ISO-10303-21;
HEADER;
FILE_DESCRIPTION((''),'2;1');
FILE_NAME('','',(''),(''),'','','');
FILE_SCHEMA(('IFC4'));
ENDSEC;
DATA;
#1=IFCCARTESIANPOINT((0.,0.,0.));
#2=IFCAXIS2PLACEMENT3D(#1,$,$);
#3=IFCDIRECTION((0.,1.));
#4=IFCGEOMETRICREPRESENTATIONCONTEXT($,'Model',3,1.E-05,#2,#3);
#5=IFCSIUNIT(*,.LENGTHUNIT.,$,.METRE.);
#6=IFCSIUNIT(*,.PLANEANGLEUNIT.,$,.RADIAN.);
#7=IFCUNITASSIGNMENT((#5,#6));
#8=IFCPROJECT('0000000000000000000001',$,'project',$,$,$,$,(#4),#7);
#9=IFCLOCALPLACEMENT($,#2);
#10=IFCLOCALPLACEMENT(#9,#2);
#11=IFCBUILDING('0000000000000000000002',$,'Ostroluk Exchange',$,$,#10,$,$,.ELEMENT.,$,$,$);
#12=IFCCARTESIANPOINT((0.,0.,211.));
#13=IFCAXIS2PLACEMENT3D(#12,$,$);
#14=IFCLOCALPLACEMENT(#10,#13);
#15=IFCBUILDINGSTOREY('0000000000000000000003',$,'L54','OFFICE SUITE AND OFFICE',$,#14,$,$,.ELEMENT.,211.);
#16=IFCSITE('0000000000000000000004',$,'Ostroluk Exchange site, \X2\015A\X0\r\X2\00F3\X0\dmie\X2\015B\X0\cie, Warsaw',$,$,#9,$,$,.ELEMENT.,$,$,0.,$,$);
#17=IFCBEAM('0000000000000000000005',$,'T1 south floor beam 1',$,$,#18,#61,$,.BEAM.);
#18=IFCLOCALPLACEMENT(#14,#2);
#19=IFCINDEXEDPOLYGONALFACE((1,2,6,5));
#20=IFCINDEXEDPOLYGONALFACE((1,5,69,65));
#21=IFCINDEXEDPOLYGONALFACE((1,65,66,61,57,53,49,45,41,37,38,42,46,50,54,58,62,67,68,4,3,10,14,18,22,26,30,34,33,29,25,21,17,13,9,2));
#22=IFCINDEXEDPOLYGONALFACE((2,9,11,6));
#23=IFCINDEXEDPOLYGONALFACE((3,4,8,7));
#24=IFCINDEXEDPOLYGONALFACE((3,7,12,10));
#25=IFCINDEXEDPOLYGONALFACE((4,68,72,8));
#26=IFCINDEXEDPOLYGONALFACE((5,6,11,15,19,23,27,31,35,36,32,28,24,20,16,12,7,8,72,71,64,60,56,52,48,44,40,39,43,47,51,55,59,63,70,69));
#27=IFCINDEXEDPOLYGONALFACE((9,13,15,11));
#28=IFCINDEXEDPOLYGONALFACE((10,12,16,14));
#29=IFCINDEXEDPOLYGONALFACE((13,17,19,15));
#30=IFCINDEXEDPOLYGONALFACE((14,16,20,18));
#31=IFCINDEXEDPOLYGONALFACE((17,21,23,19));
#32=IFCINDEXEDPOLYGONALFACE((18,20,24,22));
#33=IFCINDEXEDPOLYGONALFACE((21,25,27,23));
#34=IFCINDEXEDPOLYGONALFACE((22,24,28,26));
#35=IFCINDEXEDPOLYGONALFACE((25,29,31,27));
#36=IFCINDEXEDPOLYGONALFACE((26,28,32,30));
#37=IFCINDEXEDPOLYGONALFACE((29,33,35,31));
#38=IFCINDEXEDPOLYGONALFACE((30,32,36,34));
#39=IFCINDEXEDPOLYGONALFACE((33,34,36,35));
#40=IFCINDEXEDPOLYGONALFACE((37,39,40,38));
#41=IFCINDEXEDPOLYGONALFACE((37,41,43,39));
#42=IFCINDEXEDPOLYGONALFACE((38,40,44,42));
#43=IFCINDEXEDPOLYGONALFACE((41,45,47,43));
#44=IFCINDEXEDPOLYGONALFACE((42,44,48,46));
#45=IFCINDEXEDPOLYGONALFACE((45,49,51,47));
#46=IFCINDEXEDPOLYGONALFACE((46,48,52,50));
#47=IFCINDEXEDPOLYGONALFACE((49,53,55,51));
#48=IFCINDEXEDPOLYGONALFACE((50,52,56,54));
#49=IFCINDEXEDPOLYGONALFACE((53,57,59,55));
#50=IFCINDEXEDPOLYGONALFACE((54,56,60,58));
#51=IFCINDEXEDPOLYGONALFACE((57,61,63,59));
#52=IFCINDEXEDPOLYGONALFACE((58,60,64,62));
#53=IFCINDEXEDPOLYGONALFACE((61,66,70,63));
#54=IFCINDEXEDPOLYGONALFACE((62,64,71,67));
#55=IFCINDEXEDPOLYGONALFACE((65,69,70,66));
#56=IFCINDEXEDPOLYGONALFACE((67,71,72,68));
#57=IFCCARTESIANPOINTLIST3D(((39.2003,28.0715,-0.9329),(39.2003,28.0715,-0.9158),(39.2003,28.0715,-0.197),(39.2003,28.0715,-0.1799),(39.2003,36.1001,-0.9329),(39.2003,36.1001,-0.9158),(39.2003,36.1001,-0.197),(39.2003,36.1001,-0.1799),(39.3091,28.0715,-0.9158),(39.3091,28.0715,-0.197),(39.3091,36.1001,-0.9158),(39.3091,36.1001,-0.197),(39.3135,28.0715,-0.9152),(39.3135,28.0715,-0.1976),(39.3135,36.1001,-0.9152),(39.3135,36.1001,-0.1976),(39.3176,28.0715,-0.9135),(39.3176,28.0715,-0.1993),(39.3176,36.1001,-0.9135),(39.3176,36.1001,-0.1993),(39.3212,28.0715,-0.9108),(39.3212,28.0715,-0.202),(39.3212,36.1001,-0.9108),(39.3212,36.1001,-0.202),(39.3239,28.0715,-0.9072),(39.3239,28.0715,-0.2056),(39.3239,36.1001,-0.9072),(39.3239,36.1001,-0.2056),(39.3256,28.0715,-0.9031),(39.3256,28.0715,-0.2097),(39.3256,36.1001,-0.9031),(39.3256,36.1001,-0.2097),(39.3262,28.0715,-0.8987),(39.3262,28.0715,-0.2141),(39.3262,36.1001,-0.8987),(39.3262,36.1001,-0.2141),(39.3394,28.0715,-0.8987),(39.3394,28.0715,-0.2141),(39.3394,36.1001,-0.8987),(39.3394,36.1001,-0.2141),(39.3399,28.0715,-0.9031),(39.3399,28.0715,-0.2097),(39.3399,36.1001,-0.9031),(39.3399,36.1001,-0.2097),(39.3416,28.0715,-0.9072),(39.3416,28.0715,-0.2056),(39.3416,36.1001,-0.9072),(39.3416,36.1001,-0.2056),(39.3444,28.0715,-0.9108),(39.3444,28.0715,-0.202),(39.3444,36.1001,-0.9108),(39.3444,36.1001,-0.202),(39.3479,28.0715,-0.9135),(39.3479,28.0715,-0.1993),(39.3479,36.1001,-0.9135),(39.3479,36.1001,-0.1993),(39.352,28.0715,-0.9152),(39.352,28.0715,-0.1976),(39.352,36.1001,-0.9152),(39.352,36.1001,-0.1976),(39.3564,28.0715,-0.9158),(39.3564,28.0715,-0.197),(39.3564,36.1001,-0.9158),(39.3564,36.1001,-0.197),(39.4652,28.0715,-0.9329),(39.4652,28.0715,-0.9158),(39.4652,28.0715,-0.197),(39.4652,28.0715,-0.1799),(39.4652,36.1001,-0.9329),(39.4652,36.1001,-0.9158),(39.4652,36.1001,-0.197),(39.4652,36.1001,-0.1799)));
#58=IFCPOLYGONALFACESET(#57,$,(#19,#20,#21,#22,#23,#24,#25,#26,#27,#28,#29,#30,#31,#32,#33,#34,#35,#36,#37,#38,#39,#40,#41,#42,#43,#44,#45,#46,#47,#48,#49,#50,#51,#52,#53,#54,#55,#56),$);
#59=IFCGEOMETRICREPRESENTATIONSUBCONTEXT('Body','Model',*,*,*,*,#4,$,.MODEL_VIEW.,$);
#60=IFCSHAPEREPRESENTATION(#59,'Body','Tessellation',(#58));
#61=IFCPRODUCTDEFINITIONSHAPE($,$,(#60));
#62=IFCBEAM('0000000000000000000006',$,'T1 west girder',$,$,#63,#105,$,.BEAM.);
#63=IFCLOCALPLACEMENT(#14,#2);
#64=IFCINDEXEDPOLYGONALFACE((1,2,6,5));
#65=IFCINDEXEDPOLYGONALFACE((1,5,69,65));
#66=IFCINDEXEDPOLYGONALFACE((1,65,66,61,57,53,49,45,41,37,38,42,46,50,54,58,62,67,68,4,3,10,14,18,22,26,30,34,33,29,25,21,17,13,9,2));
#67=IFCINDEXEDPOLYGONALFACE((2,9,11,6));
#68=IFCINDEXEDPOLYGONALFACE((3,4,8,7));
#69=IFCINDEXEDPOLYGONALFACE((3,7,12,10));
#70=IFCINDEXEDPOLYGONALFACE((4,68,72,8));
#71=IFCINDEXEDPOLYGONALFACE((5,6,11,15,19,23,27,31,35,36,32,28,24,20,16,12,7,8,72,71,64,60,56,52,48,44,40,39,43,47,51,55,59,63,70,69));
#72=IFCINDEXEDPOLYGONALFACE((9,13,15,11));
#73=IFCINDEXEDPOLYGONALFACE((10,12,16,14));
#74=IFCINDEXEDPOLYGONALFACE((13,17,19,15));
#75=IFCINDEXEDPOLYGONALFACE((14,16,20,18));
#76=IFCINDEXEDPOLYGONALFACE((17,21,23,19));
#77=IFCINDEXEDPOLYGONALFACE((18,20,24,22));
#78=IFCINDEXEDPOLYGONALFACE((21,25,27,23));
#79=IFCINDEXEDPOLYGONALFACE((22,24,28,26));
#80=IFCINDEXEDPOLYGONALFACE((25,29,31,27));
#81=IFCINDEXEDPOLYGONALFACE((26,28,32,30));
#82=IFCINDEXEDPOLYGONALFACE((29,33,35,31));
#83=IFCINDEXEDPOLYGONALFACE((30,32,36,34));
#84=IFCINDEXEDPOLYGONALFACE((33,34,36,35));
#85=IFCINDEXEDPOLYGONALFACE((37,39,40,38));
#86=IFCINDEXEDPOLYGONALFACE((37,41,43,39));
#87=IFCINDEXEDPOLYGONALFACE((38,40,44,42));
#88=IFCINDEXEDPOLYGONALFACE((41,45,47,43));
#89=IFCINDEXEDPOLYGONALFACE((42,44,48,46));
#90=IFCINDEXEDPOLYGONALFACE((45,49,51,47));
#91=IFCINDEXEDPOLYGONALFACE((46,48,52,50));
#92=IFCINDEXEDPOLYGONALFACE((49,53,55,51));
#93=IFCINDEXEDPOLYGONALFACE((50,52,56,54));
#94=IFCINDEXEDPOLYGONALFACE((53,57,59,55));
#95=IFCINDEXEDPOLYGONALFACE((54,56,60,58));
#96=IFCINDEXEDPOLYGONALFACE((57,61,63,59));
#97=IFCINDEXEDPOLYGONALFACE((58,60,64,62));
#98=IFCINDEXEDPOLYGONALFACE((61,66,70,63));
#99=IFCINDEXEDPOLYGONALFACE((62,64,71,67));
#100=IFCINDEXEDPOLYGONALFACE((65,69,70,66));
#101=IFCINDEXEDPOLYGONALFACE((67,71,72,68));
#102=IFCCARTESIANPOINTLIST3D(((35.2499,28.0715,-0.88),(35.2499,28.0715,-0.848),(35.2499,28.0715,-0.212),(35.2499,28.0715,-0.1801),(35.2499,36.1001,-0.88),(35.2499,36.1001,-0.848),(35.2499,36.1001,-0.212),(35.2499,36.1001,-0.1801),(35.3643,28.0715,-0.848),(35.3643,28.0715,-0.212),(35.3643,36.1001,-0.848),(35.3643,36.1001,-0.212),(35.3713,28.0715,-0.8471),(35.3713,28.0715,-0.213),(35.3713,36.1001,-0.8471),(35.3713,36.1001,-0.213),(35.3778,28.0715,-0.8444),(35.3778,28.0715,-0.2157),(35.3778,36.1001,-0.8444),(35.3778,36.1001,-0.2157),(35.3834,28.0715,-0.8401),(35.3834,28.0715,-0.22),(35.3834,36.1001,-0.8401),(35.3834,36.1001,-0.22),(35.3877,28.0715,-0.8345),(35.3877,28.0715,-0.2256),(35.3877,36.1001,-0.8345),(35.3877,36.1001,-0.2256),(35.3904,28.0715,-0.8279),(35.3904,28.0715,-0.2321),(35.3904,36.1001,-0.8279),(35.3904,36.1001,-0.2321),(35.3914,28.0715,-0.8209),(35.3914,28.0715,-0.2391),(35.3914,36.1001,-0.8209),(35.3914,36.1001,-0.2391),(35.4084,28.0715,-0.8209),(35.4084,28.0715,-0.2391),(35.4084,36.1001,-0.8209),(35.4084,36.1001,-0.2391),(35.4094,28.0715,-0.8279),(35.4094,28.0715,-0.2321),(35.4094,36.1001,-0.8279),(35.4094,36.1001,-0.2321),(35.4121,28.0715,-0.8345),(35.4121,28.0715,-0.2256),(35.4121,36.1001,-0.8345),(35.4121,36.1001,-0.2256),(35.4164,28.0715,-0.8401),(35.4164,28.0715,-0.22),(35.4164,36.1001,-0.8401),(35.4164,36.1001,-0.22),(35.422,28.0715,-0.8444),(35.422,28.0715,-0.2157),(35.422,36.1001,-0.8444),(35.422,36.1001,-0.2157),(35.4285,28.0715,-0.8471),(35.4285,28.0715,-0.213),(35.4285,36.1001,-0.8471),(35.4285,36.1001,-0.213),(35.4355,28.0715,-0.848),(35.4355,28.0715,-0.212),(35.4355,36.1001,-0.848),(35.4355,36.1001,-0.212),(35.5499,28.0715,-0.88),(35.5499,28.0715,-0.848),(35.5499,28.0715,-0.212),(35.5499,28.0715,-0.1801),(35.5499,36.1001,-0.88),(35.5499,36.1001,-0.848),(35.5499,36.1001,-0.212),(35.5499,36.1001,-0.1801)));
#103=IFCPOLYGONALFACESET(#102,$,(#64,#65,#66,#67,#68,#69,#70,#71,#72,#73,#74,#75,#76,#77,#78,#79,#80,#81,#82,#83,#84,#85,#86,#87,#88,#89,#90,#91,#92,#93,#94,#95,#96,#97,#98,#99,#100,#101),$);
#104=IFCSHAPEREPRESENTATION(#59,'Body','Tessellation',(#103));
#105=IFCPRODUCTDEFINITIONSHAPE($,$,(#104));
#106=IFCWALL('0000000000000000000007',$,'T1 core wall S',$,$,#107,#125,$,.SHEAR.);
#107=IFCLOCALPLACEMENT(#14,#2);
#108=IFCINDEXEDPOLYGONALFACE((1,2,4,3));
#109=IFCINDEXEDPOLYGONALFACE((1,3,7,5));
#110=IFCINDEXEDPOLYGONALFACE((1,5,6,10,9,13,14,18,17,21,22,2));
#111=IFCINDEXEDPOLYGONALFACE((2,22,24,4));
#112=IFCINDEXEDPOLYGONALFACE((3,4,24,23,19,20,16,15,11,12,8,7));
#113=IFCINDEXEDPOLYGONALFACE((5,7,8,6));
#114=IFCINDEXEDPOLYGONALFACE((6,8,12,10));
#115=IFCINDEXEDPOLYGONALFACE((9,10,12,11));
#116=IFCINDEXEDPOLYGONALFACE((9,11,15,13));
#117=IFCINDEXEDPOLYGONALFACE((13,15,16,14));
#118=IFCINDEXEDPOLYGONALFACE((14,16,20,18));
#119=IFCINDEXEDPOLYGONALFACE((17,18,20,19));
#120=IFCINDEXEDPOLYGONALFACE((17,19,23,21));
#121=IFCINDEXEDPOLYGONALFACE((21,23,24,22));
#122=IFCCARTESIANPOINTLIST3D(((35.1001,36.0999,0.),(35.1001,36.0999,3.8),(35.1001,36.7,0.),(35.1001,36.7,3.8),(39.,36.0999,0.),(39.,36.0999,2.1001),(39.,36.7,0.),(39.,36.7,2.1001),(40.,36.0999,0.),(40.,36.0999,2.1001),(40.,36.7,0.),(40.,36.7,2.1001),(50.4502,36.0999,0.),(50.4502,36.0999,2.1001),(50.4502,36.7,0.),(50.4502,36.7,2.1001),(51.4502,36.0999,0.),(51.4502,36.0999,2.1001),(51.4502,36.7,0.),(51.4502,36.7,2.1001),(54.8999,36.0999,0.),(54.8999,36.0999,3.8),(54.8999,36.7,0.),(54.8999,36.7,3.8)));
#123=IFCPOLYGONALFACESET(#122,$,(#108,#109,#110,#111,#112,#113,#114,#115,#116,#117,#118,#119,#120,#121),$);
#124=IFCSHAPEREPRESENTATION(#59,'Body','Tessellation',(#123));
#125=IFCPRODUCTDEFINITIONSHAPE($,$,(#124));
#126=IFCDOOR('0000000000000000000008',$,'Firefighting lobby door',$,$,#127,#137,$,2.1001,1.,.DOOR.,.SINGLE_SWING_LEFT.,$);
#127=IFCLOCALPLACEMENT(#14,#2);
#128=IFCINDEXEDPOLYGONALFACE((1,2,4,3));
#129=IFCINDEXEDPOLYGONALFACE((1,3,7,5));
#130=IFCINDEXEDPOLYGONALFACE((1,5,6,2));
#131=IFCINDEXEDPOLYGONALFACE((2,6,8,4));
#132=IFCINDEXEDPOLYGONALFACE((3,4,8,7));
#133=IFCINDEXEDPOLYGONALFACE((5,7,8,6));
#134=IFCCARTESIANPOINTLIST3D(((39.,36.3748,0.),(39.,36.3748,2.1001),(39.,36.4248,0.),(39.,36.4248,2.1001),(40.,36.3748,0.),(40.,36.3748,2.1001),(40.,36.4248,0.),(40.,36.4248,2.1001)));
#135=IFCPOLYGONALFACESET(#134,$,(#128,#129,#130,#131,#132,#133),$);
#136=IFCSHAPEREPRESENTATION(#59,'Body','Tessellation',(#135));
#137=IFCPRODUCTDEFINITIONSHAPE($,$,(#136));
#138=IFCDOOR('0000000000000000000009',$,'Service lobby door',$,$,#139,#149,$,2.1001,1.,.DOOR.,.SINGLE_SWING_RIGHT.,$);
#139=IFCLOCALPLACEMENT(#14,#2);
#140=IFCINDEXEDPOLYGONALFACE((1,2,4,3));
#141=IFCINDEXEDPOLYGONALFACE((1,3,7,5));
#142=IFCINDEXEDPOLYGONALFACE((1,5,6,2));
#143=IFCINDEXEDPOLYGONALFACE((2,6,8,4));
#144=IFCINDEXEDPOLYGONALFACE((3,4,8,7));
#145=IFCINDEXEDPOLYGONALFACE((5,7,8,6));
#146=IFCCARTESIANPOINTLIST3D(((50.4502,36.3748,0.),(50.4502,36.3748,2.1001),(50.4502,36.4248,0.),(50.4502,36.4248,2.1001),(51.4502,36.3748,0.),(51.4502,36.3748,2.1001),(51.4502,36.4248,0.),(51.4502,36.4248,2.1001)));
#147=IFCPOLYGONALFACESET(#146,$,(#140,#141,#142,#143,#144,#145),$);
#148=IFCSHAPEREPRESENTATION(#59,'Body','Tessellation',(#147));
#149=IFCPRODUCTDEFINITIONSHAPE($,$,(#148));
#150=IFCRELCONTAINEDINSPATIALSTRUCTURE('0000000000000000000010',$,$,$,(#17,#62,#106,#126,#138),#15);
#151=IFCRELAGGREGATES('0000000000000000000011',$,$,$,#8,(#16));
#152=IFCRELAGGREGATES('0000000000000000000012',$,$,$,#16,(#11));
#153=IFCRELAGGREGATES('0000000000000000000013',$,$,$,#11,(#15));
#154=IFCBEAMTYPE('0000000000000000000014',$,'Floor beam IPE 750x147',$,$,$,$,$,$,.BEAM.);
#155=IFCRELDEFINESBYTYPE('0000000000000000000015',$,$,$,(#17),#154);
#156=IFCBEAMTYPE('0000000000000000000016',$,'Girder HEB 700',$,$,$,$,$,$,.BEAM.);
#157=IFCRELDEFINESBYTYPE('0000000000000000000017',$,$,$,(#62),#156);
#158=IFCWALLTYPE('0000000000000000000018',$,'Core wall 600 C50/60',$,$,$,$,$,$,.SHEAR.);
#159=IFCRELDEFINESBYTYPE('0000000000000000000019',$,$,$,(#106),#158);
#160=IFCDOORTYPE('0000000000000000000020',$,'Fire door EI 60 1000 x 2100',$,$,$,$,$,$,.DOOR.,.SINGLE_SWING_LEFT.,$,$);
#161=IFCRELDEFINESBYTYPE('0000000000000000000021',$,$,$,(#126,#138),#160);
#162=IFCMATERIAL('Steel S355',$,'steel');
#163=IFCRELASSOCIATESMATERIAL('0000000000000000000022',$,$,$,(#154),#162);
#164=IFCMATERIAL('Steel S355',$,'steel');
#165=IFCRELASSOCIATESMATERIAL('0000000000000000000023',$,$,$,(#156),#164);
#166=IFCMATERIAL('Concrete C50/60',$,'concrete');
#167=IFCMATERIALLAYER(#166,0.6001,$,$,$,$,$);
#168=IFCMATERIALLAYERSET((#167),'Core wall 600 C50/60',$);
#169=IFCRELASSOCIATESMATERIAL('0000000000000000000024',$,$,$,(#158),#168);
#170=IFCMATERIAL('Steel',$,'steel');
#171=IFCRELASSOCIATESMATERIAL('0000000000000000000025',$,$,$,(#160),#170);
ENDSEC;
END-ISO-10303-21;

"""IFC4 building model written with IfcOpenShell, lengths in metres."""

from ifc_helpers import new_model, si_unit, direction, frame, frame_2d, origin, origin_2d, place, context, subcontext, project, spatial, rectangle, i_section, extrude, material, layer, layer_set, material_profile, profile_set, type_object, element, fill, save


model = new_model("IFC4")

# Units and contexts
model_context = context("Model", 3, precision=1e-05, world=origin(), true_north=direction((0.0, 1.0)))
body_context = subcontext(model_context, "Body", "Model", "MODEL_VIEW")
ifc_project = project(units=[si_unit("LENGTHUNIT", "METRE"), si_unit("PLANEANGLEUNIT", "RADIAN")], contexts=[model_context])

# Site, building, storey
site_placement = place(None, origin())
site = spatial("IfcSite", under=ifc_project, at=site_placement, Name="Ostroluk Exchange site, Śródmieście, Warsaw", CompositionType="ELEMENT", RefElevation=0.0)
building_placement = place(site_placement, origin())
building = spatial("IfcBuilding", under=site, at=building_placement, Name="Ostroluk Exchange", CompositionType="ELEMENT")
storey_placement = place(building_placement, frame((0.0, 0.0, 211.0)))
storey = spatial("IfcBuildingStorey", under=building, at=storey_placement, Name="L54", Description="OFFICE SUITE AND OFFICE", CompositionType="ELEMENT", Elevation=211.0)

# Beams
ifc_material_1 = material(Name="Steel S355", Category="steel")
ifc_material_profile_1 = material_profile(ifc_material_1, i_section(OverallWidth=0.2649, OverallDepth=0.7529, WebThickness=0.0132, FlangeThickness=0.0171, FilletRadius=0.0171, at=origin_2d()), Name="IPE 750x147")
ifc_profile_set_1 = profile_set([ifc_material_profile_1], Name="Steel S355")
beam_type_1 = type_object("IfcBeamType", Name="Floor beam IPE 750x147", PredefinedType="BEAM", material=ifc_profile_set_1)
beam_1_placement = place(storey_placement, frame((39.3328, 36.1001, -0.5564), z_axis=(0.0, -1.0, 0.0), x_axis=(1.0, 0.0, 0.0)))
element("IfcBeam", 1, at=beam_1_placement, inside=storey, type_object=beam_type_1, Name="T1 south floor beam 1", PredefinedType="BEAM", context=body_context, shape_type="SweptSolid", body=[
    extrude(i_section(OverallWidth=0.2649, OverallDepth=0.7529, WebThickness=0.0132, FlangeThickness=0.0171, FilletRadius=0.0171, at=origin_2d()), origin(), (0.0, 0.0, 1.0), 8.0286),
])
ifc_material_2 = material(Name="Steel S355", Category="steel")
ifc_material_profile_2 = material_profile(ifc_material_2, i_section(OverallWidth=0.3, OverallDepth=0.7, WebThickness=0.0171, FlangeThickness=0.032, FilletRadius=0.0271, at=origin_2d()), Name="HEB 700")
ifc_profile_set_2 = profile_set([ifc_material_profile_2], Name="Steel S355")
beam_type_2 = type_object("IfcBeamType", Name="Girder HEB 700", PredefinedType="BEAM", material=ifc_profile_set_2)
beam_2_placement = place(storey_placement, frame((35.3999, 36.1001, -0.53), z_axis=(0.0, -1.0, 0.0), x_axis=(1.0, 0.0, 0.0)))
element("IfcBeam", 2, at=beam_2_placement, inside=storey, type_object=beam_type_2, Name="T1 west girder", PredefinedType="BEAM", context=body_context, shape_type="SweptSolid", body=[
    extrude(i_section(OverallWidth=0.3, OverallDepth=0.7, WebThickness=0.0171, FlangeThickness=0.032, FilletRadius=0.0271, at=origin_2d()), origin(), (0.0, 0.0, 1.0), 8.0286),
])

# Wall, openings, doors
ifc_material_3 = material(Name="Concrete C50/60", Category="concrete")
ifc_layer_1 = layer(ifc_material_3, 0.6001)
ifc_layer_set_1 = layer_set([ifc_layer_1], Name="Core wall 600 C50/60")
wall_type_1 = type_object("IfcWallType", Name="Core wall 600 C50/60", PredefinedType="SHEAR", material=ifc_layer_set_1)
wall_1_placement = place(storey_placement, frame((35.1001, 36.3999, 0.0), z_axis=(0.0, 0.0, 1.0), x_axis=(1.0, 0.0, 0.0)))
wall_1 = element("IfcWall", 3, at=wall_1_placement, inside=storey, type_object=wall_type_1, Name="T1 core wall S", PredefinedType="SHEAR", context=body_context, shape_type="SweptSolid", body=[
    extrude(rectangle(XDim=19.7998, YDim=0.6001, at=frame_2d((9.8999, 0.0))), origin(), (0.0, 0.0, 1.0), 3.8),
])
opening_1_placement = place(wall_1_placement, frame((3.8999, 0.0, 0.0)))
opening_1 = element("IfcOpeningElement", 4, at=opening_1_placement, cuts=wall_1, PredefinedType="OPENING", context=body_context, shape_type="SweptSolid", body=[
    extrude(rectangle(XDim=1.0, YDim=2.1001, at=frame_2d((0.5, 1.05))), frame((0.0, 0.3101, 0.0), z_axis=(0.0, -1.0, 0.0), x_axis=(1.0, 0.0, 0.0)), (0.0, 0.0, 1.0), 0.6201),
])
opening_2_placement = place(wall_1_placement, frame((15.3501, 0.0, 0.0)))
opening_2 = element("IfcOpeningElement", 5, at=opening_2_placement, cuts=wall_1, PredefinedType="OPENING", context=body_context, shape_type="SweptSolid", body=[
    extrude(rectangle(XDim=1.0, YDim=2.1001, at=frame_2d((0.5, 1.05))), frame((0.0, 0.3101, 0.0), z_axis=(0.0, -1.0, 0.0), x_axis=(1.0, 0.0, 0.0)), (0.0, 0.0, 1.0), 0.6201),
])
ifc_material_4 = material(Name="Steel", Category="steel")
door_type_1 = type_object("IfcDoorType", Name="Fire door EI 60 1000 x 2100", OperationType="SINGLE_SWING_LEFT", PredefinedType="DOOR", material=ifc_material_4)
door_1_placement = place(opening_1_placement, origin())
door_1 = element("IfcDoor", 6, at=door_1_placement, inside=storey, type_object=door_type_1, Name="Firefighting lobby door", OperationType="SINGLE_SWING_LEFT", OverallHeight=2.1001, OverallWidth=1.0, PredefinedType="DOOR", context=body_context, shape_type="SweptSolid", body=[
    extrude(rectangle(XDim=1.0, YDim=2.1001, at=frame_2d((0.5, 1.05))), frame((0.0, 0.0249, 0.0), z_axis=(0.0, -1.0, 0.0), x_axis=(1.0, 0.0, 0.0)), (0.0, 0.0, 1.0), 0.05),
])
fill(opening_1, door_1)
door_2_placement = place(opening_2_placement, origin())
door_2 = element("IfcDoor", 7, at=door_2_placement, inside=storey, type_object=door_type_1, Name="Service lobby door", OperationType="SINGLE_SWING_RIGHT", OverallHeight=2.1001, OverallWidth=1.0, PredefinedType="DOOR", context=body_context, shape_type="SweptSolid", body=[
    extrude(rectangle(XDim=1.0, YDim=2.1001, at=frame_2d((0.5, 1.05))), frame((0.0, 0.0249, 0.0), z_axis=(0.0, -1.0, 0.0), x_axis=(1.0, 0.0, 0.0)), (0.0, 0.0, 1.0), 0.05),
])
fill(opening_2, door_2)

save(model, "model.ifc")
